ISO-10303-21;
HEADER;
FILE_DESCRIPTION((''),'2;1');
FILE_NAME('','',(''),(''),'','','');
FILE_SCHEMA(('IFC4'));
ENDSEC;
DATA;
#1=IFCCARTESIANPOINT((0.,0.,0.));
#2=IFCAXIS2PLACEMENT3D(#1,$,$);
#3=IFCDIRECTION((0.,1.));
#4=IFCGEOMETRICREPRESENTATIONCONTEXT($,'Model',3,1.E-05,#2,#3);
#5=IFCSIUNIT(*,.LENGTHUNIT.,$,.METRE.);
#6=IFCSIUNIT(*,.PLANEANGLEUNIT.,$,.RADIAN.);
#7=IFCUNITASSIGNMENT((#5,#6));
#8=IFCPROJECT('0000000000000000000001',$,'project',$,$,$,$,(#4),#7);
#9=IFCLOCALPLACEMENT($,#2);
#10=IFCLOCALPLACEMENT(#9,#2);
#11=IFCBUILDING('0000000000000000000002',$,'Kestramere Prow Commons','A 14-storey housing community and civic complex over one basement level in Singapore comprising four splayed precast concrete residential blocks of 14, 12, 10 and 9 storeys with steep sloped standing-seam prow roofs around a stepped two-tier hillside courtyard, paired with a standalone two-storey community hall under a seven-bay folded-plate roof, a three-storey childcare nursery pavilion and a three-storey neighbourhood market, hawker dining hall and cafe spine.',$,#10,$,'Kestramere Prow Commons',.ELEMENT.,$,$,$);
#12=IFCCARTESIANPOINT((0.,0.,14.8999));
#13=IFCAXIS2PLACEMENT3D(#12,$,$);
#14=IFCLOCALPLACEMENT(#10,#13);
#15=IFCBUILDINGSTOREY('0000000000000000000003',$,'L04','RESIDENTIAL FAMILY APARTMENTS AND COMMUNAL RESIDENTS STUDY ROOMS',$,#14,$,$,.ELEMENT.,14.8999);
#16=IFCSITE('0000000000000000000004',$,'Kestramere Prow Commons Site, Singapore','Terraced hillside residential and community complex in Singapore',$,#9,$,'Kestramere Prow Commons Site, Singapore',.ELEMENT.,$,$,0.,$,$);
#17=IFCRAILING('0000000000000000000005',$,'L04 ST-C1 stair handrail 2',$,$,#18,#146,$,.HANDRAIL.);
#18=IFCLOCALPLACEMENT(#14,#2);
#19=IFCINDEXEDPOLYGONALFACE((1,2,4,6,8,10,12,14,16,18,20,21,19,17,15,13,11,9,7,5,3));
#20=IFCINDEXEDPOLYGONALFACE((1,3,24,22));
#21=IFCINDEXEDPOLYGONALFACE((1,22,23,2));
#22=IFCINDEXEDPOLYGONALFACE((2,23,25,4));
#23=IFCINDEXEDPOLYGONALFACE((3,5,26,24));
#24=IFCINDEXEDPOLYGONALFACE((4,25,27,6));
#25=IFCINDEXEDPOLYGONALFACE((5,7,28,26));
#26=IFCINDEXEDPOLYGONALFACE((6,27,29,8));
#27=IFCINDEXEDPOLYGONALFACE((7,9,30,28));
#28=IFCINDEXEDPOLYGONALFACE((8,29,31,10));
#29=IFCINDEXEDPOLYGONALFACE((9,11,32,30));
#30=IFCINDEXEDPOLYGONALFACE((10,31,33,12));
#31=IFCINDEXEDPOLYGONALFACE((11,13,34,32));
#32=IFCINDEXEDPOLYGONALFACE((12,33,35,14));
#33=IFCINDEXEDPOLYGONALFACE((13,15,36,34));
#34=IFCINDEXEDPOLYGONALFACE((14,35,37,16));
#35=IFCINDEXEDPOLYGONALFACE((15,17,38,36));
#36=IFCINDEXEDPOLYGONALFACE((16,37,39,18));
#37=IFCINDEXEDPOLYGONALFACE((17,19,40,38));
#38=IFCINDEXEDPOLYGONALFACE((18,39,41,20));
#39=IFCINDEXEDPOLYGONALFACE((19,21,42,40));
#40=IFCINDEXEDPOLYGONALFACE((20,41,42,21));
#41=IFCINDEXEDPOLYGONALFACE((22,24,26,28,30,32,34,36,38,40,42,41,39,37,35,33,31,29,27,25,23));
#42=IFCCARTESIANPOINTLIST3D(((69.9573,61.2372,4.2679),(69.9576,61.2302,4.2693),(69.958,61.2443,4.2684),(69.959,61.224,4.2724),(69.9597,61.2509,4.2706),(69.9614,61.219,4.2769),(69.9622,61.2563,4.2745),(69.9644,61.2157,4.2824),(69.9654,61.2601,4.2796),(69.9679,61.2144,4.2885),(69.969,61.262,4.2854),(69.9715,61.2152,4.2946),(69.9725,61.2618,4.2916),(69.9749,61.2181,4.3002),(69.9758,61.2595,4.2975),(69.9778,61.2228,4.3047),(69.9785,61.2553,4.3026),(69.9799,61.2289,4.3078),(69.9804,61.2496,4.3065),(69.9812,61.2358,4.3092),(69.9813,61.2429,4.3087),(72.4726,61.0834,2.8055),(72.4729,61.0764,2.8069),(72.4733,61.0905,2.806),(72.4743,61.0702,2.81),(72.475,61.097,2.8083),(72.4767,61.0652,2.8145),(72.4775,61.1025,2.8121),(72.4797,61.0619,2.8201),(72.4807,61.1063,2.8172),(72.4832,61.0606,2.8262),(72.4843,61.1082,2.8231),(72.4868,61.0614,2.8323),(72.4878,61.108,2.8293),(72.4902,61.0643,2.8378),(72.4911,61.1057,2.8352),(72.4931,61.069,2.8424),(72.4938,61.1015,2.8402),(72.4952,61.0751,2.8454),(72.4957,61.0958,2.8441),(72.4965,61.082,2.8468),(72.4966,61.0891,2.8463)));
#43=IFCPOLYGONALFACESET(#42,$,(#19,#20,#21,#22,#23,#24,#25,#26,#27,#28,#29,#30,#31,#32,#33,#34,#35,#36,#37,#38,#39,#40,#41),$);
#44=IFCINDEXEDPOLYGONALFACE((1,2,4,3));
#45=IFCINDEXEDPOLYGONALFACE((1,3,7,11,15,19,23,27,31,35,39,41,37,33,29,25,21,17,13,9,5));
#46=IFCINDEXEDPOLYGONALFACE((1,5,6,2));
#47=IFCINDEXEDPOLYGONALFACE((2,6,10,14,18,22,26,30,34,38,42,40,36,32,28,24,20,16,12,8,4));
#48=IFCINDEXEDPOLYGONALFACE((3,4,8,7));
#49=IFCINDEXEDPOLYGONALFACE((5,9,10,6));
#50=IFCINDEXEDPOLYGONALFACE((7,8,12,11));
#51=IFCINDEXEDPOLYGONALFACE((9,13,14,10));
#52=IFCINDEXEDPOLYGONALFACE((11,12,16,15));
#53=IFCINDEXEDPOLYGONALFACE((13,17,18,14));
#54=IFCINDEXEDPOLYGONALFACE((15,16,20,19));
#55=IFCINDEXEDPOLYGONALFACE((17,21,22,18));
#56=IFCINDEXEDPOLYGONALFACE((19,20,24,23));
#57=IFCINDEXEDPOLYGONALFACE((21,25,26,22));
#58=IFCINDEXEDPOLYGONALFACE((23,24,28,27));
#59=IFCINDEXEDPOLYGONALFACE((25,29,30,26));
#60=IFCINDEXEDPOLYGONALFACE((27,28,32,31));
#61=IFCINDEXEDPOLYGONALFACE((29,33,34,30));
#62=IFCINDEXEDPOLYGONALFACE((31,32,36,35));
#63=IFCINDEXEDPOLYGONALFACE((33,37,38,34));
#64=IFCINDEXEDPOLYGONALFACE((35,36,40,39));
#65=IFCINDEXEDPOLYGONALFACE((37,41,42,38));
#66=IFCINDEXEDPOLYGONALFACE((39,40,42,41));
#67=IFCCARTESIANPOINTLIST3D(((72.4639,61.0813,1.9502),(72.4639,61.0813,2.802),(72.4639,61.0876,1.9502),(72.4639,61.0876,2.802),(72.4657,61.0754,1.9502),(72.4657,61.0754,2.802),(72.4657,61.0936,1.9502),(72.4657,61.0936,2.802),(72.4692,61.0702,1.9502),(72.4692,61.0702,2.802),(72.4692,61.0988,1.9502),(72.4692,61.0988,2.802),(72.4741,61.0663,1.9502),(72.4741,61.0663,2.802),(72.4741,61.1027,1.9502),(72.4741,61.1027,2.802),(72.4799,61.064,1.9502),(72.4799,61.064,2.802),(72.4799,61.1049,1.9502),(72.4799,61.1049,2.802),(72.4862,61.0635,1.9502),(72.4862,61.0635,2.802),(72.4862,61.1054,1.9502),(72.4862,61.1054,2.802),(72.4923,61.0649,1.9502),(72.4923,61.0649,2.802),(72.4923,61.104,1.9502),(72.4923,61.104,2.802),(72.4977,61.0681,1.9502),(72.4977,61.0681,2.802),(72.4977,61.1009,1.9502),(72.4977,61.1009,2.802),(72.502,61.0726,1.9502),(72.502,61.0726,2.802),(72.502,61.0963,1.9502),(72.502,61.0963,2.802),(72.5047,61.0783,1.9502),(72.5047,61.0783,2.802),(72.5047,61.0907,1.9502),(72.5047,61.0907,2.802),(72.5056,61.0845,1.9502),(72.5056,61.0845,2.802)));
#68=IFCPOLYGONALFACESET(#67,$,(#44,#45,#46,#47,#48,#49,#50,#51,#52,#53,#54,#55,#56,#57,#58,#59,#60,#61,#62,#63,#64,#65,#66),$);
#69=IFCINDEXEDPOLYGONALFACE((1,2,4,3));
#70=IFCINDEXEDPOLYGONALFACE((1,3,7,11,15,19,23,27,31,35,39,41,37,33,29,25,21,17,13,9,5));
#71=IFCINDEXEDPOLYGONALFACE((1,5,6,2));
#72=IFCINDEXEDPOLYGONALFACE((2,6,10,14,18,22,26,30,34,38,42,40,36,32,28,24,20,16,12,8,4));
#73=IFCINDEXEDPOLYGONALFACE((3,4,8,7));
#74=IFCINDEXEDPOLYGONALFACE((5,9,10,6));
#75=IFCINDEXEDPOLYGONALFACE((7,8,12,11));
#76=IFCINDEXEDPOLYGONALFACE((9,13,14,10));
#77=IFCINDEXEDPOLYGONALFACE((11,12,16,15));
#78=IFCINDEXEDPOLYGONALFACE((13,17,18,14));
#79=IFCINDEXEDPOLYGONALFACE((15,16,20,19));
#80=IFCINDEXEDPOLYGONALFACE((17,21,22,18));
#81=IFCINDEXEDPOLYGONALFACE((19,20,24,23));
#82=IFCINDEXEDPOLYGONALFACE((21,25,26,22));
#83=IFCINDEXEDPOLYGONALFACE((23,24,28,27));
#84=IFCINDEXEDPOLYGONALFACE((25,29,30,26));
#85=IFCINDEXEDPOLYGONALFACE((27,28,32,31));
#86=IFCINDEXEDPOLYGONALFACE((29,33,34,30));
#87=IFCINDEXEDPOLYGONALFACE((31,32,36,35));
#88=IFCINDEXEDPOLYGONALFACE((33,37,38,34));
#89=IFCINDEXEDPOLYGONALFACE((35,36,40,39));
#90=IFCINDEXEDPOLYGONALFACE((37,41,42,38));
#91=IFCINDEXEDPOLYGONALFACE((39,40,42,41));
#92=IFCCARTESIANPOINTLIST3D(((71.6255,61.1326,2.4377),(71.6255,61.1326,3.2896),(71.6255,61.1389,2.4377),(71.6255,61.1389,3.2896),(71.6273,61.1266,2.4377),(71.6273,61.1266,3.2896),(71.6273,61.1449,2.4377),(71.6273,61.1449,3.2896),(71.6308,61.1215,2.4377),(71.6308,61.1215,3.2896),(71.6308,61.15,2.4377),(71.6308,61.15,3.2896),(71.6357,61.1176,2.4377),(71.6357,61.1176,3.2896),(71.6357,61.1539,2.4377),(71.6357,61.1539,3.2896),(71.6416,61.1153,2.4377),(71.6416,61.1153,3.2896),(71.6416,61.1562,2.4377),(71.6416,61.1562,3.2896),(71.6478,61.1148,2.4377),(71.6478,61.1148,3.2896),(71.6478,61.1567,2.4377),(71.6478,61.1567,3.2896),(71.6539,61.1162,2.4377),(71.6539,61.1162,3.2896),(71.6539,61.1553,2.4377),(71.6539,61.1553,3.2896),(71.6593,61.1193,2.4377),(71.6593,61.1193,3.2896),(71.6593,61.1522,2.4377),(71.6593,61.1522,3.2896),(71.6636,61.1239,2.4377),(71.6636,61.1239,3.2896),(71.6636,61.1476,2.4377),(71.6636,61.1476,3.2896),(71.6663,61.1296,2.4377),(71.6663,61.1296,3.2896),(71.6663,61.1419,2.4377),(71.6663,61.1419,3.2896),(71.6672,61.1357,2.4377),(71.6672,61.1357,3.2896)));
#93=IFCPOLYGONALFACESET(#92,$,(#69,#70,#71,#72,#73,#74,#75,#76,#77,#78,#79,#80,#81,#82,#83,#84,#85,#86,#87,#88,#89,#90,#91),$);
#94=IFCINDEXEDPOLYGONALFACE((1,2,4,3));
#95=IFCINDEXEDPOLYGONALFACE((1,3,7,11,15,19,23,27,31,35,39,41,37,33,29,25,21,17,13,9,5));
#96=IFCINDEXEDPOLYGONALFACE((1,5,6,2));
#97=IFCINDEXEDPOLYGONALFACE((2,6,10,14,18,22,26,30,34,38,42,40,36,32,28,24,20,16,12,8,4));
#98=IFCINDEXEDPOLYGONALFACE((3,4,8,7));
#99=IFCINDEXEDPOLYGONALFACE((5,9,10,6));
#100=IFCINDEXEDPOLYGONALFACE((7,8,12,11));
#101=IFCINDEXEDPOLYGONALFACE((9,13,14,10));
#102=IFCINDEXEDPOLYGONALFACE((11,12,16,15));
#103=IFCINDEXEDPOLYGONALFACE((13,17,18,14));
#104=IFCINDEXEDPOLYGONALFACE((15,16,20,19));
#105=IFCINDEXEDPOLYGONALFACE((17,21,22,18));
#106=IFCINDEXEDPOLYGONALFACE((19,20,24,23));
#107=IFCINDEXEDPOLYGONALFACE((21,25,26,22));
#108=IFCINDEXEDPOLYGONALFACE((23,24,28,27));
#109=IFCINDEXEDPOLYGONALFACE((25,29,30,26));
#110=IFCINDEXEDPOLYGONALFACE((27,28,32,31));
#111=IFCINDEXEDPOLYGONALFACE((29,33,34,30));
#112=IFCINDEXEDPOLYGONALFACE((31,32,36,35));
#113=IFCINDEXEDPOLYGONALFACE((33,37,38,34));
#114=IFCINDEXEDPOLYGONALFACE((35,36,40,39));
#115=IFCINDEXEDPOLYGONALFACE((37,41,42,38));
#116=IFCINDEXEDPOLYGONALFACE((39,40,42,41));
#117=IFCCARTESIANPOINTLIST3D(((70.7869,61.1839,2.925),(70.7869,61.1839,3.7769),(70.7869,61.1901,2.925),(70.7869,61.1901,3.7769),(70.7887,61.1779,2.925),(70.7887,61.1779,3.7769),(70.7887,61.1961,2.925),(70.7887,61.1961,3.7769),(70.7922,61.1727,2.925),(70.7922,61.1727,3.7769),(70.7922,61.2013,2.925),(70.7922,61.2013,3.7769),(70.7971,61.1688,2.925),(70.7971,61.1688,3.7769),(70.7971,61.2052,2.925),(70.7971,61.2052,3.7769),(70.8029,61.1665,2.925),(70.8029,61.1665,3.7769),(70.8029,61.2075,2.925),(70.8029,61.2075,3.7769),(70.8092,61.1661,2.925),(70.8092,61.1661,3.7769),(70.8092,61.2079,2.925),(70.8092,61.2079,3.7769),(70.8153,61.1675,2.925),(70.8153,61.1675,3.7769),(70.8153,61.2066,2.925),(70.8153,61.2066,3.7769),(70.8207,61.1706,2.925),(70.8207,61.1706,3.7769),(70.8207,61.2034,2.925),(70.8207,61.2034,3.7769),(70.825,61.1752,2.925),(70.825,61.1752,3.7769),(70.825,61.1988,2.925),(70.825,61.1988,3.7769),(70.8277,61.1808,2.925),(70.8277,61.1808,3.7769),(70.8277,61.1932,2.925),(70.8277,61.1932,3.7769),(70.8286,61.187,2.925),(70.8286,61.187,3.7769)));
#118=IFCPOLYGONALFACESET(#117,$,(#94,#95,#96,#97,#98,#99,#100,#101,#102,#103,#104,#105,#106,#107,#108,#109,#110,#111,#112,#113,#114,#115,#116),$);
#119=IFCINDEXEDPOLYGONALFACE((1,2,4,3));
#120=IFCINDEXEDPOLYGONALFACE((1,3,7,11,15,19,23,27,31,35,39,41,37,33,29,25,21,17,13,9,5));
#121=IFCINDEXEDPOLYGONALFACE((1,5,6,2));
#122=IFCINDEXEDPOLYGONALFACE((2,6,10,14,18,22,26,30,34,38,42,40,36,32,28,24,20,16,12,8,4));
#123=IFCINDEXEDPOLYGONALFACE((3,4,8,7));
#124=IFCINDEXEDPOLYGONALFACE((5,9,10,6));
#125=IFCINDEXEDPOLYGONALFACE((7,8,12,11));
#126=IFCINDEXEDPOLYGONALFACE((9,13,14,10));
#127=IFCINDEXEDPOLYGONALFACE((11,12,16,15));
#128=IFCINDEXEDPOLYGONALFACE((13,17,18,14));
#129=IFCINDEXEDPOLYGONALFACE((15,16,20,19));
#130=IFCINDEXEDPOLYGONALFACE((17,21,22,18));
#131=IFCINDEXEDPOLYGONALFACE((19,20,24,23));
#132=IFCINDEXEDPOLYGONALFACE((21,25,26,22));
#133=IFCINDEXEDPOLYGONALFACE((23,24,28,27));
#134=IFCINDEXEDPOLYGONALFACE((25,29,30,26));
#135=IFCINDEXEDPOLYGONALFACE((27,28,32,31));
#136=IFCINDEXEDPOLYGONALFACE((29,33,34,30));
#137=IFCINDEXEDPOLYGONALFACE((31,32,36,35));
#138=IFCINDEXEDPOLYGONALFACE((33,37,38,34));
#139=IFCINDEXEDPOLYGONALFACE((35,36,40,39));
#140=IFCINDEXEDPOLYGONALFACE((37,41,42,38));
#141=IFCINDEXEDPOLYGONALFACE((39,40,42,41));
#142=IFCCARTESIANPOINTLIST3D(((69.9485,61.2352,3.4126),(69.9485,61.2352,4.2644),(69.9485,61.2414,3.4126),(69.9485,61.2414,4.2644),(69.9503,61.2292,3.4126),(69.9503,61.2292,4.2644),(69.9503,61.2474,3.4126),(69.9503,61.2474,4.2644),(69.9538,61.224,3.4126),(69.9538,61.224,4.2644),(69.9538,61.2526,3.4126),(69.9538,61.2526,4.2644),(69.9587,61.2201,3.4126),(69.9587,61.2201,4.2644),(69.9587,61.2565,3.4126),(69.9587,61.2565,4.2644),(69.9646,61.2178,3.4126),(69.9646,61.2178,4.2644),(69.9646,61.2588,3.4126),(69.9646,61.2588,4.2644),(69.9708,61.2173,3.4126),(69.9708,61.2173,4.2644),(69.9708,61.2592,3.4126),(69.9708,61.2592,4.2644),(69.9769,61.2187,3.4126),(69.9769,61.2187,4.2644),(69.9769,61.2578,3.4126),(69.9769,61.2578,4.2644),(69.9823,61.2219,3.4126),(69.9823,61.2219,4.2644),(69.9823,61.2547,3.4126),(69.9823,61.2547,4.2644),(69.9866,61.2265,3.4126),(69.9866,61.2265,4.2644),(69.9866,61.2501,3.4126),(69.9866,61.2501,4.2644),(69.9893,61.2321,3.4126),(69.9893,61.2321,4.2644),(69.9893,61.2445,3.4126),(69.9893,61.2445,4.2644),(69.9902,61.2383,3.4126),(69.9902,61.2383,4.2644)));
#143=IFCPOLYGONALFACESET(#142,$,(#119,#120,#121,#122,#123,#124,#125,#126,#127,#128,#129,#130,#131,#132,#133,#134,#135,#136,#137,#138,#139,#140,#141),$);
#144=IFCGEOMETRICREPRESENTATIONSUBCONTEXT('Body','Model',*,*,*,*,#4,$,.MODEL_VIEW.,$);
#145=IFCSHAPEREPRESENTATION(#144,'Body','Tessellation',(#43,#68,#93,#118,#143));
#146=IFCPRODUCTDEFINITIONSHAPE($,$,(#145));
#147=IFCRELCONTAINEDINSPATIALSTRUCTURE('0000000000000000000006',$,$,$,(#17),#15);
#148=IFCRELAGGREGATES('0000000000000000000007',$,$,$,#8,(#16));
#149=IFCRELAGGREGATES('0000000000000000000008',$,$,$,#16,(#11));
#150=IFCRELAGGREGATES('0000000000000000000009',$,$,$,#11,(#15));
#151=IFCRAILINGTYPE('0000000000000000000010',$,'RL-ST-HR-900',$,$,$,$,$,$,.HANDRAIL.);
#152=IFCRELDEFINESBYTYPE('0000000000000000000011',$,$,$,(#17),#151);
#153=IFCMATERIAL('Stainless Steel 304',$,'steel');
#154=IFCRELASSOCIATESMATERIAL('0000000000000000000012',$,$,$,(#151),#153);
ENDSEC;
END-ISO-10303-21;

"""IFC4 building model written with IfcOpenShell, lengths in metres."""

from ifc_helpers import new_model, si_unit, direction, frame, origin, origin_2d, place, context, subcontext, project, spatial, circle, extrude, material, type_object, element, save


model = new_model("IFC4")

# Units and contexts
model_context = context("Model", 3, precision=1e-05, world=origin(), true_north=direction((0.0, 1.0)))
body_context = subcontext(model_context, "Body", "Model", "MODEL_VIEW")
ifc_project = project(units=[si_unit("LENGTHUNIT", "METRE"), si_unit("PLANEANGLEUNIT", "RADIAN")], contexts=[model_context])

# Site, building, storey
site_placement = place(None, origin())
site = spatial("IfcSite", under=ifc_project, at=site_placement, Name="Kestramere Prow Commons Site, Singapore", Description="Terraced hillside residential and community complex in Singapore", LongName="Kestramere Prow Commons Site, Singapore", CompositionType="ELEMENT", RefElevation=0.0)
building_placement = place(site_placement, origin())
building = spatial("IfcBuilding", under=site, at=building_placement, Name="Kestramere Prow Commons", Description="A 14-storey housing community and civic complex over one basement level in Singapore comprising four splayed precast concrete residential blocks of 14, 12, 10 and 9 storeys with steep sloped standing-seam prow roofs around a stepped two-tier hillside courtyard, paired with a standalone two-storey community hall under a seven-bay folded-plate roof, a three-storey childcare nursery pavilion and a three-storey neighbourhood market, hawker dining hall and cafe spine.", LongName="Kestramere Prow Commons", CompositionType="ELEMENT")
storey_placement = place(building_placement, frame((0.0, 0.0, 14.8999)))
storey = spatial("IfcBuildingStorey", under=building, at=storey_placement, Name="L04", Description="RESIDENTIAL FAMILY APARTMENTS AND COMMUNAL RESIDENTS STUDY ROOMS", CompositionType="ELEMENT", Elevation=14.8999)

# Railing
ifc_material_1 = material(Name="Stainless Steel 304", Category="steel")
railing_type_1 = type_object("IfcRailingType", Name="RL-ST-HR-900", PredefinedType="HANDRAIL", material=ifc_material_1)
railing_1_placement = place(storey_placement, frame((72.4846, 61.0845, 1.9502)))
element("IfcRailing", 1, at=railing_1_placement, inside=storey, type_object=railing_type_1, Name="L04 ST-C1 stair handrail 2", PredefinedType="HANDRAIL", context=body_context, shape_type="SweptSolid", body=[
    extrude(circle(Radius=0.0239, at=origin_2d()), frame((0.0, 0.0, 0.876), z_axis=(-0.863306, 0.052789, 0.501912), x_axis=(-0.061033, -0.998136, 0.0)), (0.0, 0.0, 1.0), 2.9136),
    extrude(circle(Radius=0.021, at=origin_2d()), origin(), (0.0, 0.0, 1.0), 0.8518),
    extrude(circle(Radius=0.021, at=origin_2d()), frame((-0.8384, 0.0513, 0.4875)), (0.0, 0.0, 1.0), 0.8518),
    extrude(circle(Radius=0.021, at=origin_2d()), frame((-1.677, 0.1025, 0.9749)), (0.0, 0.0, 1.0), 0.8518),
    extrude(circle(Radius=0.021, at=origin_2d()), frame((-2.5154, 0.1538, 1.4624)), (0.0, 0.0, 1.0), 0.8518),
])

save(model, "model.ifc")
